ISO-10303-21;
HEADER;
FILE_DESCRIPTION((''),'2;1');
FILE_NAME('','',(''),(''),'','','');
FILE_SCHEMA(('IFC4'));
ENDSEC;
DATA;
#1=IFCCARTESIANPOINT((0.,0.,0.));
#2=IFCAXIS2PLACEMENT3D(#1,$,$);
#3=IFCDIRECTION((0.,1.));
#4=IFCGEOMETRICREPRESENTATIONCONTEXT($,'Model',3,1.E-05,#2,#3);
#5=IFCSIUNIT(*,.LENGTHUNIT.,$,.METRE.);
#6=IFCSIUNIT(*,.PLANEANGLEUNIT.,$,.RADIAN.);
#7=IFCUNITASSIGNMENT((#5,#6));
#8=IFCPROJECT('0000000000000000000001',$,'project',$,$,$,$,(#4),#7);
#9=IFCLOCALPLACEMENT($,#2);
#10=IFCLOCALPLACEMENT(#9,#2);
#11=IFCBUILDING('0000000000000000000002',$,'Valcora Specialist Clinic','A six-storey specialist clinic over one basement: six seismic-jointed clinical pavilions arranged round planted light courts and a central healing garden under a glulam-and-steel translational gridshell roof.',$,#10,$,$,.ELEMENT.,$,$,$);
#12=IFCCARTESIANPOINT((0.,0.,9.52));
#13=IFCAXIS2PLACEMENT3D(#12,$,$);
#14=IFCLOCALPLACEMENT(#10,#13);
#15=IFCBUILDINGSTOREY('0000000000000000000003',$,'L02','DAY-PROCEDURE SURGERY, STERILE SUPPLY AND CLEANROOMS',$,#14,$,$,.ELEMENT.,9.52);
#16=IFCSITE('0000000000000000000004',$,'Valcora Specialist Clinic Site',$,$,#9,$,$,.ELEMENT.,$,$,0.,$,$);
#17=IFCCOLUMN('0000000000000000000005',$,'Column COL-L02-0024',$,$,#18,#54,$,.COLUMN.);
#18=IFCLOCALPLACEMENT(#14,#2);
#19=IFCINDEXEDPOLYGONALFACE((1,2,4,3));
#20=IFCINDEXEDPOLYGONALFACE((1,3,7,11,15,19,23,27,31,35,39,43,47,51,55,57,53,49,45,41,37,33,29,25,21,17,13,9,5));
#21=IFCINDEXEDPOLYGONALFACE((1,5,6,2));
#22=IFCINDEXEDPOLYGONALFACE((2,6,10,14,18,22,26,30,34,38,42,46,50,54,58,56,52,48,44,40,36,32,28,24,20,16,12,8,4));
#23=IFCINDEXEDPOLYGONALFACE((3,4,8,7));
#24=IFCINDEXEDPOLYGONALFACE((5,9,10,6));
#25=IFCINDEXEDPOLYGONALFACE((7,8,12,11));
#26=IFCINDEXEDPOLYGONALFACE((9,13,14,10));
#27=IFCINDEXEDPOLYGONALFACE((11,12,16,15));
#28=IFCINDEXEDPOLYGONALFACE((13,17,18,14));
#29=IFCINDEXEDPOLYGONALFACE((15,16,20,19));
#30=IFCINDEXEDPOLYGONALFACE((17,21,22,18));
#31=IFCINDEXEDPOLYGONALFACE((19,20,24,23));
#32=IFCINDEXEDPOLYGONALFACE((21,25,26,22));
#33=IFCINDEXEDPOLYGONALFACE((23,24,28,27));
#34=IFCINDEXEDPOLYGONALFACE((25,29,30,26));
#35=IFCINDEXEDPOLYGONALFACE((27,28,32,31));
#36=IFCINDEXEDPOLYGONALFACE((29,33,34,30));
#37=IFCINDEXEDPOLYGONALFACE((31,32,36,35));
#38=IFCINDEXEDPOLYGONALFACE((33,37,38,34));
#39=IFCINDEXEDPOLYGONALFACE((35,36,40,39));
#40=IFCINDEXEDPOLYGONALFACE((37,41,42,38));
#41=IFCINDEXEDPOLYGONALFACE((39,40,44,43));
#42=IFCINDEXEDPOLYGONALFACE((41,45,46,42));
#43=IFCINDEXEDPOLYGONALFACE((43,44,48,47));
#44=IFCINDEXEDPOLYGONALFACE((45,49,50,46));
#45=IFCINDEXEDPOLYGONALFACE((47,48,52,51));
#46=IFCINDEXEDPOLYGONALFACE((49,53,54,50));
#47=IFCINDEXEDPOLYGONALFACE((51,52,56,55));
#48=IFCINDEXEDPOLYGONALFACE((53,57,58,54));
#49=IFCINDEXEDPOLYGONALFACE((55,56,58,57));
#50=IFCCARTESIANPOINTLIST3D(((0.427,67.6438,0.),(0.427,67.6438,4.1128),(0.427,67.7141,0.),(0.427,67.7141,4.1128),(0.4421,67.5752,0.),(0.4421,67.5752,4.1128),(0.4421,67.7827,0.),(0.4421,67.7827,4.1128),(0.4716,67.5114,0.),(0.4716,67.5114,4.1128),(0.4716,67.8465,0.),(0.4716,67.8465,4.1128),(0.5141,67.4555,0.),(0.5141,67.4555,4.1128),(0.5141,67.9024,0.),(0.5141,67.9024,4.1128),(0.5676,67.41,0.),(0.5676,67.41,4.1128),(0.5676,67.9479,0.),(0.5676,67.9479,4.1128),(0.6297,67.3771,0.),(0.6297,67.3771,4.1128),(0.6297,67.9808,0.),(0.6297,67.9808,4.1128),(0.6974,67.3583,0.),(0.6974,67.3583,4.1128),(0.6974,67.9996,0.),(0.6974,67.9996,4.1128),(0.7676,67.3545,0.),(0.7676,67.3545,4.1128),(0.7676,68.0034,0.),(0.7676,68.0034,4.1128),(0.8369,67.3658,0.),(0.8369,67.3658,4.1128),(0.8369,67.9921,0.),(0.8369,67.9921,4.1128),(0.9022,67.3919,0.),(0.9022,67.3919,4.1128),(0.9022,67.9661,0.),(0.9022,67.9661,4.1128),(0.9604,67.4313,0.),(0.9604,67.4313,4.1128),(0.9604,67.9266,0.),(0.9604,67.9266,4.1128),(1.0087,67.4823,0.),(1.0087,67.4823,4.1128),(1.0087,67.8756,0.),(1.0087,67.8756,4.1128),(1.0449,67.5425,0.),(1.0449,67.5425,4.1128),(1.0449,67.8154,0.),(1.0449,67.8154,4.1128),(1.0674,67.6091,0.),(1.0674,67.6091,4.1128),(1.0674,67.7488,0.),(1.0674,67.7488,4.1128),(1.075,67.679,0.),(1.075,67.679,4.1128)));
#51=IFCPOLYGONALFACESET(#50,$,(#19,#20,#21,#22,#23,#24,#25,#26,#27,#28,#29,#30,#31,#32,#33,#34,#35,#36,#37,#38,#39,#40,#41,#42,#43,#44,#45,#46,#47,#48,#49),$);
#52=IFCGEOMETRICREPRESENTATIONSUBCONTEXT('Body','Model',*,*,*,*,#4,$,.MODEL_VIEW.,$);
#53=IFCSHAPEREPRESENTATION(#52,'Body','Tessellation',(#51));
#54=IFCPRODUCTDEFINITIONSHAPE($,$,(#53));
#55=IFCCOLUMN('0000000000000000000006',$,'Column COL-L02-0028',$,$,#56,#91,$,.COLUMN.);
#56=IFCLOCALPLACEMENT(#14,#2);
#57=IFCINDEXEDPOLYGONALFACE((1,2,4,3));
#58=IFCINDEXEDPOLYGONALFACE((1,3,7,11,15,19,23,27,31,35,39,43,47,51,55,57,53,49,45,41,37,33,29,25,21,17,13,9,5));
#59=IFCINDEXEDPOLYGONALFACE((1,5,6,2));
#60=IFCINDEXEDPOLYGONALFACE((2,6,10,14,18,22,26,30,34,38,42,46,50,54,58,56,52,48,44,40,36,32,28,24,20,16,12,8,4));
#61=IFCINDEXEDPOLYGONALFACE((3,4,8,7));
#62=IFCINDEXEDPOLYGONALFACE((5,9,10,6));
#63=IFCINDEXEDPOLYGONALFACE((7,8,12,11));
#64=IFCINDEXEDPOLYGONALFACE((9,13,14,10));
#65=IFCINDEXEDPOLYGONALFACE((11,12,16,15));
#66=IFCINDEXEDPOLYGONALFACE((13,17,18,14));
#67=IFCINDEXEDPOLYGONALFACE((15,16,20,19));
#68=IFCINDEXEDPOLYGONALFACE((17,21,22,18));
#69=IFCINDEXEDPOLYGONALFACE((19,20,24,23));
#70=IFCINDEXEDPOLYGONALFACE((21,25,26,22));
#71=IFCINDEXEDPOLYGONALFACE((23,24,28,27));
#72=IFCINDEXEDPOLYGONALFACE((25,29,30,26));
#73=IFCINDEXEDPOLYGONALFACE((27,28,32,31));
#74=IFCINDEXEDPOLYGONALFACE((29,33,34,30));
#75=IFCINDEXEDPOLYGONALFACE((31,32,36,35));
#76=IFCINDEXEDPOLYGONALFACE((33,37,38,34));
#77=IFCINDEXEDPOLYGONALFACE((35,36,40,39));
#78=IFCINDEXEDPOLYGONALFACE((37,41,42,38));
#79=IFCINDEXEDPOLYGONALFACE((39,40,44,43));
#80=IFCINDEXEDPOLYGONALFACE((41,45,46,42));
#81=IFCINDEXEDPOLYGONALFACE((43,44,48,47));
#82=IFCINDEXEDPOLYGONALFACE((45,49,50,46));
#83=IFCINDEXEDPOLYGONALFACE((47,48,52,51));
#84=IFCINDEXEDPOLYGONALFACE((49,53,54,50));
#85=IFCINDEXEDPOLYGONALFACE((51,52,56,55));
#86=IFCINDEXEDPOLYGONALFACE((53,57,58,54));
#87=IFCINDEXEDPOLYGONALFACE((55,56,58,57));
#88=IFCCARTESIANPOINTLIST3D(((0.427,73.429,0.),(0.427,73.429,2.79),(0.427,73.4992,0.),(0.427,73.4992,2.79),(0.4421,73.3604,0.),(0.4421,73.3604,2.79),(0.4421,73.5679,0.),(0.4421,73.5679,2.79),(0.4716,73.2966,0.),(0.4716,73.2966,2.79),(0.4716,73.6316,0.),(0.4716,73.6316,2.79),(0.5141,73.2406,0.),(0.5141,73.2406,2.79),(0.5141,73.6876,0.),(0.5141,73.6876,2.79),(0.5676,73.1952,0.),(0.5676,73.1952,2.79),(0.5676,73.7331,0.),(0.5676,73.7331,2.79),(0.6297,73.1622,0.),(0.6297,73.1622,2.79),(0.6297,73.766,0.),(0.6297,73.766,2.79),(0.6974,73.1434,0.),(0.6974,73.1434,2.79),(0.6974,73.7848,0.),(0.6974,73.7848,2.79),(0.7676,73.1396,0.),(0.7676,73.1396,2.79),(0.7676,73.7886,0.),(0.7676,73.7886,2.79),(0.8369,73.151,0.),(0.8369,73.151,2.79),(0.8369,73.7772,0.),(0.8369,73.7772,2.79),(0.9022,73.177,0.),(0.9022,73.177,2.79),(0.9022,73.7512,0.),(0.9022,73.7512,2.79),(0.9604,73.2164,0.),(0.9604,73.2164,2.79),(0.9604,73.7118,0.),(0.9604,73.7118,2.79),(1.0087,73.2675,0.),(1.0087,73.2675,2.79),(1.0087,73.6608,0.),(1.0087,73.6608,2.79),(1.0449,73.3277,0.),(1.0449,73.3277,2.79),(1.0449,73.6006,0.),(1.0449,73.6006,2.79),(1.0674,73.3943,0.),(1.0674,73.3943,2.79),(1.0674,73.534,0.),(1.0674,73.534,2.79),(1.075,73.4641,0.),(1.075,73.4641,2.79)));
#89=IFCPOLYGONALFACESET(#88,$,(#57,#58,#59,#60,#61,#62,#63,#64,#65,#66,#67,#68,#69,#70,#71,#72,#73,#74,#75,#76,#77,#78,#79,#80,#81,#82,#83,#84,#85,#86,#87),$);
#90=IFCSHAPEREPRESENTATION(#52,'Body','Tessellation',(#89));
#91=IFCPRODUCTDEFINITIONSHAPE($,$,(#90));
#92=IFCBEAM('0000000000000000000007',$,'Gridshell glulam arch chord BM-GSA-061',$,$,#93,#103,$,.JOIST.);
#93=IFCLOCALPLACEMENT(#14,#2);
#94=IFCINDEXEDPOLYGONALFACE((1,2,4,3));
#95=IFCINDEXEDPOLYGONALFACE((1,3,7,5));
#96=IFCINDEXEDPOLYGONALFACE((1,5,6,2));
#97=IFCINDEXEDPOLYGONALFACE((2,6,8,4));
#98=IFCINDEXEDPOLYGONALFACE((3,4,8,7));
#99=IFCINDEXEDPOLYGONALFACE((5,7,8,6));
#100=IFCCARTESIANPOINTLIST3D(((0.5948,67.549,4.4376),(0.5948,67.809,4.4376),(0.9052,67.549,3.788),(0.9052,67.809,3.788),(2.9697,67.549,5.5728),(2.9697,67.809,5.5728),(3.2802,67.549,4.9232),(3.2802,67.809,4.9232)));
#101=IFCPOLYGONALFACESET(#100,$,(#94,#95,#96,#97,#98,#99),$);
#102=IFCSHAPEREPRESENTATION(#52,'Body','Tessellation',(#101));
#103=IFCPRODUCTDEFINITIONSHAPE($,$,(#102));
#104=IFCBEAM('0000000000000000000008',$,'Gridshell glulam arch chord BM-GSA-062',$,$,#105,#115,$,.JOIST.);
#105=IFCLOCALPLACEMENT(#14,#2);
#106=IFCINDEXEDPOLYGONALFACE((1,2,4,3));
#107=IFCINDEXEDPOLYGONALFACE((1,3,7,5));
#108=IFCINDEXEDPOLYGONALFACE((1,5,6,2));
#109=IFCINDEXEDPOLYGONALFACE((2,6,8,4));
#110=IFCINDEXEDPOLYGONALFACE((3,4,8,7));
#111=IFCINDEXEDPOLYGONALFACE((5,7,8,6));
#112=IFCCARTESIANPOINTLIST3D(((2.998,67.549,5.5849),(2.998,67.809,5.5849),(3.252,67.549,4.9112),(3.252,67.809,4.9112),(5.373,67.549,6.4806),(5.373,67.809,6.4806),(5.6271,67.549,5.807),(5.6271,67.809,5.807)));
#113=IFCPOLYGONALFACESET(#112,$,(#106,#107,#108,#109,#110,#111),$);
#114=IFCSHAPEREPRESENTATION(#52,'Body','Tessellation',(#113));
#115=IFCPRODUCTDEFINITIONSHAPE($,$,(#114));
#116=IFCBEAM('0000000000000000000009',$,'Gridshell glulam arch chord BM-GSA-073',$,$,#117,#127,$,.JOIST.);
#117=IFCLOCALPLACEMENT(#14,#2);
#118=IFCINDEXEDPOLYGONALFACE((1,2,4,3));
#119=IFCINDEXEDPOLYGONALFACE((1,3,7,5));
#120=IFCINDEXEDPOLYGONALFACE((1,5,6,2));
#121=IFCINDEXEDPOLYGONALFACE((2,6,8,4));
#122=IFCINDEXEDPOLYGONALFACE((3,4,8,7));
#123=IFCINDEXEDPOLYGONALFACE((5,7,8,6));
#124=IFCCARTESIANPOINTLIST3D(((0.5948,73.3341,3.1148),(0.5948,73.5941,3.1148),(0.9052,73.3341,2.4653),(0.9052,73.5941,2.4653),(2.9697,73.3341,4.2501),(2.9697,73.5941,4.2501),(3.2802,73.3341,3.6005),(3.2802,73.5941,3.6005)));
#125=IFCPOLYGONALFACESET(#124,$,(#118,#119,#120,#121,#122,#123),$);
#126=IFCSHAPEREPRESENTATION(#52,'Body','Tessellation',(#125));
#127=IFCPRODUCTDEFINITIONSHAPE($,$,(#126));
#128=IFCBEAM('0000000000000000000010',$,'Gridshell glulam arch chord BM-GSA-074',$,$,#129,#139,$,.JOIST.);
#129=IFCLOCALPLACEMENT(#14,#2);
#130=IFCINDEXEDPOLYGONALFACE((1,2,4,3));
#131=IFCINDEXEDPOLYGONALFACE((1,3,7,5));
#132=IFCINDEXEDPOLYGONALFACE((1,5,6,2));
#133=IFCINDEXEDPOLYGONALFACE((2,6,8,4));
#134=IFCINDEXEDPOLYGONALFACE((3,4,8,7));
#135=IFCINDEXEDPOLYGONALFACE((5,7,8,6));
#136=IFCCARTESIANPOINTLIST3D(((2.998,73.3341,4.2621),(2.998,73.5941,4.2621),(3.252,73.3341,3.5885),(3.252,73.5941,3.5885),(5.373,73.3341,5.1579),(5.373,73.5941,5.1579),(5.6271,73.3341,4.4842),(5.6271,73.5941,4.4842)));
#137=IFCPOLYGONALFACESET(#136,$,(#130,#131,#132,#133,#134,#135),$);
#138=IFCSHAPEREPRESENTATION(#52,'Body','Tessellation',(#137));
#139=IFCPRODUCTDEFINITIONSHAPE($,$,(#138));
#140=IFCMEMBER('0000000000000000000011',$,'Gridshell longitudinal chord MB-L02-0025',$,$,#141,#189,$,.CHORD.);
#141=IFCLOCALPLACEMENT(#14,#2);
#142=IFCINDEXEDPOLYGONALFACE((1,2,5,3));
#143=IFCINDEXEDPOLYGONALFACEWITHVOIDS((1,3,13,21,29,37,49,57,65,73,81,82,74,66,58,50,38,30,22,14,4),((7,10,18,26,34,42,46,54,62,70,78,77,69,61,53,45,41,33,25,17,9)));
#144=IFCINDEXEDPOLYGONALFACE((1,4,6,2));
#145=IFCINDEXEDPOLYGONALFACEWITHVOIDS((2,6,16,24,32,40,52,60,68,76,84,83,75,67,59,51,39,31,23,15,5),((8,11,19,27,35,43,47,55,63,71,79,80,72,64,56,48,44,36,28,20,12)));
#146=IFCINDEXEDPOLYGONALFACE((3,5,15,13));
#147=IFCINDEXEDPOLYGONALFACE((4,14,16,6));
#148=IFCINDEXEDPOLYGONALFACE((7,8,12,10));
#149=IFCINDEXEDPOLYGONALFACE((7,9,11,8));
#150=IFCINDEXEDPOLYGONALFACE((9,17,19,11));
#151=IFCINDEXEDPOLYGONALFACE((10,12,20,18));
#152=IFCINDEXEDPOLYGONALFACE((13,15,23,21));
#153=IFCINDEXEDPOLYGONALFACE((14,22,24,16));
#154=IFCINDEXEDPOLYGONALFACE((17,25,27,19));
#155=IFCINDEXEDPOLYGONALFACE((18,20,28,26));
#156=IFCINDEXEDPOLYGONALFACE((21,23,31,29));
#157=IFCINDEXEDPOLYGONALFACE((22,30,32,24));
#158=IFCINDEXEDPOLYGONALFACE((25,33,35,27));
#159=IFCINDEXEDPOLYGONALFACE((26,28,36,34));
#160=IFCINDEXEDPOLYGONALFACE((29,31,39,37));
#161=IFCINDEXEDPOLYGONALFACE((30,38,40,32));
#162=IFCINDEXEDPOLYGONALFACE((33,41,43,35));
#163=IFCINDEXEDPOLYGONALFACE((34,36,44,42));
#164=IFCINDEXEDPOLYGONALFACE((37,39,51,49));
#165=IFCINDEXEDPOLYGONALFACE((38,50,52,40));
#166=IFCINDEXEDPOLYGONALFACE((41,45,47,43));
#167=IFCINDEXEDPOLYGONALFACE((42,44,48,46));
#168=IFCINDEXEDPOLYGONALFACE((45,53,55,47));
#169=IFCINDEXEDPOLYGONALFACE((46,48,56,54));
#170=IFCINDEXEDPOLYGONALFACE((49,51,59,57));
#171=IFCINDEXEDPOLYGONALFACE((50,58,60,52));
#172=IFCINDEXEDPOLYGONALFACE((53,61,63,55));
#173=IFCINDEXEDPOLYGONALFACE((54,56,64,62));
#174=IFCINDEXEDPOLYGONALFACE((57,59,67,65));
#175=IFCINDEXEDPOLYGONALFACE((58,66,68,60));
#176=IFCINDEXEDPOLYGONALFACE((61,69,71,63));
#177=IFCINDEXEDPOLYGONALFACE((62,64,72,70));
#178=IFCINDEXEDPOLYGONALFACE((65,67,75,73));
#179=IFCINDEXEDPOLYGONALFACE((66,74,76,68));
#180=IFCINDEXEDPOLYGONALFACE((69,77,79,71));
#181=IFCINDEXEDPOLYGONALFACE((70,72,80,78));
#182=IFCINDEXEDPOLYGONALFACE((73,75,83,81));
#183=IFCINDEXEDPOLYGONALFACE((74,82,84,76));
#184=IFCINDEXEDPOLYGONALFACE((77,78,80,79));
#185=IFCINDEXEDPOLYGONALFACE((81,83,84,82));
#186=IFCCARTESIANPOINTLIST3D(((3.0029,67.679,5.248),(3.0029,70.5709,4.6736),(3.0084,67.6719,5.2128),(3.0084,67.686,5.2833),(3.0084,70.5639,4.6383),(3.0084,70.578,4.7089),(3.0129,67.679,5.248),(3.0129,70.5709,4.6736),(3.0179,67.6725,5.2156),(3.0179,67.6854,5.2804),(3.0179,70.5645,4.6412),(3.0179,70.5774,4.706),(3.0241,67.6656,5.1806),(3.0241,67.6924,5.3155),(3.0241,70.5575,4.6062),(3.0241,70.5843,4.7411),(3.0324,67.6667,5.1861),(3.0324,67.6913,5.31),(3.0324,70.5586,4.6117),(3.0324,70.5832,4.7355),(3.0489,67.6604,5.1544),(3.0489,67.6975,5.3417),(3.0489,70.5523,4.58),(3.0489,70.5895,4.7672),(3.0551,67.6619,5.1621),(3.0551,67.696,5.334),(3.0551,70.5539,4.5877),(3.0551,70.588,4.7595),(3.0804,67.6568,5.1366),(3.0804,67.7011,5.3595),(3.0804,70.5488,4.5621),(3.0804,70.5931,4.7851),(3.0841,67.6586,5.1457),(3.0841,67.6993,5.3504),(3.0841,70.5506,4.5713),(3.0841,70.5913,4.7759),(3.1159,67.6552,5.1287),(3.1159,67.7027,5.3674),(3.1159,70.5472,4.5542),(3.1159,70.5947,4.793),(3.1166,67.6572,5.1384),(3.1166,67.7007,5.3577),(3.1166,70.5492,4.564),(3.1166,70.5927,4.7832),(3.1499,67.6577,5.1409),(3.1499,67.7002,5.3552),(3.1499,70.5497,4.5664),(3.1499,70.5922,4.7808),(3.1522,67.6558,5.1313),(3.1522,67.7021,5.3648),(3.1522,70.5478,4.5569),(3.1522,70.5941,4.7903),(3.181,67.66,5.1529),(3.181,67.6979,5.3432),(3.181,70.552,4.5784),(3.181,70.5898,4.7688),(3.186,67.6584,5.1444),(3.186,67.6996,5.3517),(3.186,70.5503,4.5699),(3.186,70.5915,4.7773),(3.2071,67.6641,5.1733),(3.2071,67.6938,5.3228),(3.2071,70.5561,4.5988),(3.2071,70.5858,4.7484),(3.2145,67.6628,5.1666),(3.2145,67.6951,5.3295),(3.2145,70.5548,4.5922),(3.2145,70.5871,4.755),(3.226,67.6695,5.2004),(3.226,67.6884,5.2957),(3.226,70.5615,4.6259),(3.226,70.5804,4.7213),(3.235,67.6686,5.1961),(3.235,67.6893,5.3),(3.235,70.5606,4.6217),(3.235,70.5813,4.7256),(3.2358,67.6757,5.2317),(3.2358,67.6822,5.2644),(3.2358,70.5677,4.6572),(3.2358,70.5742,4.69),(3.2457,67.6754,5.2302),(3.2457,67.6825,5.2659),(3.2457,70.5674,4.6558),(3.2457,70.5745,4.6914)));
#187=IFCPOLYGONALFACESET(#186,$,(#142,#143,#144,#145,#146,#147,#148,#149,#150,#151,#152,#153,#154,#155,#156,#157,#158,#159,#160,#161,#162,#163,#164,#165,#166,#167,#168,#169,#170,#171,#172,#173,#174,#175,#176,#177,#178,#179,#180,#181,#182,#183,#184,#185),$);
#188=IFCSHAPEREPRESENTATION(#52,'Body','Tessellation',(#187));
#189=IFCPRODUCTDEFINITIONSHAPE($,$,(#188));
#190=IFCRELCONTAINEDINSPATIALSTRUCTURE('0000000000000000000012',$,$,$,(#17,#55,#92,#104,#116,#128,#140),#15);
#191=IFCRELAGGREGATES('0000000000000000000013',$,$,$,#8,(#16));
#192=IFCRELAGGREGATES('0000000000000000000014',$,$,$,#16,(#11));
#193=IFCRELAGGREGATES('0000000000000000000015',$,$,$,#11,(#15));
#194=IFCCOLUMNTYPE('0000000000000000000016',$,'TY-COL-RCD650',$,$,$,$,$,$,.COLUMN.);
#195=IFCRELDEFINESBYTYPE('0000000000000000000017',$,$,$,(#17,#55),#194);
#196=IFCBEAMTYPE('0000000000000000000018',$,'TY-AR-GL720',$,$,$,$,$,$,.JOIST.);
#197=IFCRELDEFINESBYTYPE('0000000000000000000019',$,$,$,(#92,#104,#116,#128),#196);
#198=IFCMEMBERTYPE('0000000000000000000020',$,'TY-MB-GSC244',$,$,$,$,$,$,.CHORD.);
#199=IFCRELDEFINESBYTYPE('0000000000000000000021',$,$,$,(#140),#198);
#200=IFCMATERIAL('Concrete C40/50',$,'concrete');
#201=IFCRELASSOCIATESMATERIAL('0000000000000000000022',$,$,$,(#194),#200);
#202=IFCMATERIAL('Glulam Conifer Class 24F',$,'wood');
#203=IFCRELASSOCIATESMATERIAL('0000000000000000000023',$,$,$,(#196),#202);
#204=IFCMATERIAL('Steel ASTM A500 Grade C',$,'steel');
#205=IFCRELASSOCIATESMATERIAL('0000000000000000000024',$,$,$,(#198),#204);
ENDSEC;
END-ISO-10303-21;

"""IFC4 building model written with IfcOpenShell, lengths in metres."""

from ifc_helpers import new_model, si_unit, direction, frame, origin, origin_2d, place, context, subcontext, project, spatial, rectangle, circle, hollow_circle, extrude, material, material_profile, profile_set, type_object, element, save


model = new_model("IFC4")

# Units and contexts
model_context = context("Model", 3, precision=1e-05, world=origin(), true_north=direction((0.0, 1.0)))
body_context = subcontext(model_context, "Body", "Model", "MODEL_VIEW")
ifc_project = project(units=[si_unit("LENGTHUNIT", "METRE"), si_unit("PLANEANGLEUNIT", "RADIAN")], contexts=[model_context])

# Site, building, storey
site_placement = place(None, origin())
site = spatial("IfcSite", under=ifc_project, at=site_placement, Name="Valcora Specialist Clinic Site", CompositionType="ELEMENT", RefElevation=0.0)
building_placement = place(site_placement, origin())
building = spatial("IfcBuilding", under=site, at=building_placement, Name="Valcora Specialist Clinic", Description="A six-storey specialist clinic over one basement: six seismic-jointed clinical pavilions arranged round planted light courts and a central healing garden under a glulam-and-steel translational gridshell roof.", CompositionType="ELEMENT")
storey_placement = place(building_placement, frame((0.0, 0.0, 9.52)))
storey = spatial("IfcBuildingStorey", under=building, at=storey_placement, Name="L02", Description="DAY-PROCEDURE SURGERY, STERILE SUPPLY AND CLEANROOMS", CompositionType="ELEMENT", Elevation=9.52)

# Columns
ifc_material_1 = material(Name="Concrete C40/50", Category="concrete")
ifc_material_profile_1 = material_profile(ifc_material_1, circle(Radius=0.325, at=origin_2d()), Name="RC-COL-D650")
ifc_profile_set_1 = profile_set([ifc_material_profile_1], Name="Concrete C40/50")
column_type = type_object("IfcColumnType", Name="TY-COL-RCD650", PredefinedType="COLUMN", material=ifc_profile_set_1)
column_1_placement = place(storey_placement, frame((0.75, 67.679, 0.0), z_axis=(0.0, 0.0, 1.0), x_axis=(1.0, 0.0, 0.0)))
element("IfcColumn", 1, at=column_1_placement, inside=storey, type_object=column_type, Name="Column COL-L02-0024", PredefinedType="COLUMN", context=body_context, shape_type="SweptSolid", body=[
    extrude(circle(Radius=0.325, at=origin_2d()), origin(), (0.0, 0.0, 1.0), 4.1128),
])
column_2_placement = place(storey_placement, frame((0.75, 73.4641, 0.0), z_axis=(0.0, 0.0, 1.0), x_axis=(1.0, 0.0, 0.0)))
element("IfcColumn", 2, at=column_2_placement, inside=storey, type_object=column_type, Name="Column COL-L02-0028", PredefinedType="COLUMN", context=body_context, shape_type="SweptSolid", body=[
    extrude(circle(Radius=0.325, at=origin_2d()), origin(), (0.0, 0.0, 1.0), 2.79),
])

# Beams
ifc_material_2 = material(Name="Glulam Conifer Class 24F", Category="wood")
ifc_material_profile_2 = material_profile(ifc_material_2, rectangle(XDim=0.26, YDim=0.72, at=origin_2d()), Name="GL-ARC-260X720")
ifc_profile_set_2 = profile_set([ifc_material_profile_2], Name="Glulam Conifer Class 24F")
beam_type = type_object("IfcBeamType", Name="TY-AR-GL720", PredefinedType="JOIST", material=ifc_profile_set_2)
beam_1_placement = place(storey_placement, frame((0.75, 67.679, 4.1128), z_axis=(0.902225, 0.0, 0.431265), x_axis=(0.0, 1.0, 0.0)))
element("IfcBeam", 3, at=beam_1_placement, inside=storey, type_object=beam_type, Name="Gridshell glulam arch chord BM-GSA-061", PredefinedType="JOIST", context=body_context, shape_type="SweptSolid", body=[
    extrude(rectangle(XDim=0.26, YDim=0.72, at=origin_2d()), origin(), (0.0, 0.0, 1.0), 2.6323),
])
beam_2_placement = place(storey_placement, frame((3.125, 67.679, 5.248), z_axis=(0.935663, 0.0, 0.352894), x_axis=(0.0, 1.0, 0.0)))
element("IfcBeam", 4, at=beam_2_placement, inside=storey, type_object=beam_type, Name="Gridshell glulam arch chord BM-GSA-062", PredefinedType="JOIST", context=body_context, shape_type="SweptSolid", body=[
    extrude(rectangle(XDim=0.26, YDim=0.72, at=origin_2d()), origin(), (0.0, 0.0, 1.0), 2.5383),
])
beam_3_placement = place(storey_placement, frame((0.75, 73.4641, 2.79), z_axis=(0.902225, 0.0, 0.431265), x_axis=(0.0, 1.0, 0.0)))
element("IfcBeam", 5, at=beam_3_placement, inside=storey, type_object=beam_type, Name="Gridshell glulam arch chord BM-GSA-073", PredefinedType="JOIST", context=body_context, shape_type="SweptSolid", body=[
    extrude(rectangle(XDim=0.26, YDim=0.72, at=origin_2d()), origin(), (0.0, 0.0, 1.0), 2.6323),
])
beam_4_placement = place(storey_placement, frame((3.125, 73.4641, 3.9253), z_axis=(0.935663, 0.0, 0.352894), x_axis=(0.0, 1.0, 0.0)))
element("IfcBeam", 6, at=beam_4_placement, inside=storey, type_object=beam_type, Name="Gridshell glulam arch chord BM-GSA-074", PredefinedType="JOIST", context=body_context, shape_type="SweptSolid", body=[
    extrude(rectangle(XDim=0.26, YDim=0.72, at=origin_2d()), origin(), (0.0, 0.0, 1.0), 2.5383),
])

# Member
ifc_material_3 = material(Name="Steel ASTM A500 Grade C", Category="steel")
ifc_material_profile_3 = material_profile(ifc_material_3, hollow_circle(Radius=0.1221, WallThickness=0.01, at=origin_2d()), Name="ST-CHS-244X10")
ifc_profile_set_3 = profile_set([ifc_material_profile_3], Name="Steel ASTM A500 Grade C")
member_type_1 = type_object("IfcMemberType", Name="TY-MB-GSC244", PredefinedType="CHORD", material=ifc_profile_set_3)
member_1_placement = place(storey_placement, frame((3.125, 67.679, 5.248), z_axis=(0.0, 0.980838, -0.194826), x_axis=(-1.0, 0.0, 0.0)))
element("IfcMember", 7, at=member_1_placement, inside=storey, type_object=member_type_1, Name="Gridshell longitudinal chord MB-L02-0025", PredefinedType="CHORD", context=body_context, shape_type="SweptSolid", body=[
    extrude(hollow_circle(Radius=0.1221, WallThickness=0.01, at=origin_2d()), origin(), (0.0, 0.0, 1.0), 2.9485),
])

save(model, "model.ifc")
